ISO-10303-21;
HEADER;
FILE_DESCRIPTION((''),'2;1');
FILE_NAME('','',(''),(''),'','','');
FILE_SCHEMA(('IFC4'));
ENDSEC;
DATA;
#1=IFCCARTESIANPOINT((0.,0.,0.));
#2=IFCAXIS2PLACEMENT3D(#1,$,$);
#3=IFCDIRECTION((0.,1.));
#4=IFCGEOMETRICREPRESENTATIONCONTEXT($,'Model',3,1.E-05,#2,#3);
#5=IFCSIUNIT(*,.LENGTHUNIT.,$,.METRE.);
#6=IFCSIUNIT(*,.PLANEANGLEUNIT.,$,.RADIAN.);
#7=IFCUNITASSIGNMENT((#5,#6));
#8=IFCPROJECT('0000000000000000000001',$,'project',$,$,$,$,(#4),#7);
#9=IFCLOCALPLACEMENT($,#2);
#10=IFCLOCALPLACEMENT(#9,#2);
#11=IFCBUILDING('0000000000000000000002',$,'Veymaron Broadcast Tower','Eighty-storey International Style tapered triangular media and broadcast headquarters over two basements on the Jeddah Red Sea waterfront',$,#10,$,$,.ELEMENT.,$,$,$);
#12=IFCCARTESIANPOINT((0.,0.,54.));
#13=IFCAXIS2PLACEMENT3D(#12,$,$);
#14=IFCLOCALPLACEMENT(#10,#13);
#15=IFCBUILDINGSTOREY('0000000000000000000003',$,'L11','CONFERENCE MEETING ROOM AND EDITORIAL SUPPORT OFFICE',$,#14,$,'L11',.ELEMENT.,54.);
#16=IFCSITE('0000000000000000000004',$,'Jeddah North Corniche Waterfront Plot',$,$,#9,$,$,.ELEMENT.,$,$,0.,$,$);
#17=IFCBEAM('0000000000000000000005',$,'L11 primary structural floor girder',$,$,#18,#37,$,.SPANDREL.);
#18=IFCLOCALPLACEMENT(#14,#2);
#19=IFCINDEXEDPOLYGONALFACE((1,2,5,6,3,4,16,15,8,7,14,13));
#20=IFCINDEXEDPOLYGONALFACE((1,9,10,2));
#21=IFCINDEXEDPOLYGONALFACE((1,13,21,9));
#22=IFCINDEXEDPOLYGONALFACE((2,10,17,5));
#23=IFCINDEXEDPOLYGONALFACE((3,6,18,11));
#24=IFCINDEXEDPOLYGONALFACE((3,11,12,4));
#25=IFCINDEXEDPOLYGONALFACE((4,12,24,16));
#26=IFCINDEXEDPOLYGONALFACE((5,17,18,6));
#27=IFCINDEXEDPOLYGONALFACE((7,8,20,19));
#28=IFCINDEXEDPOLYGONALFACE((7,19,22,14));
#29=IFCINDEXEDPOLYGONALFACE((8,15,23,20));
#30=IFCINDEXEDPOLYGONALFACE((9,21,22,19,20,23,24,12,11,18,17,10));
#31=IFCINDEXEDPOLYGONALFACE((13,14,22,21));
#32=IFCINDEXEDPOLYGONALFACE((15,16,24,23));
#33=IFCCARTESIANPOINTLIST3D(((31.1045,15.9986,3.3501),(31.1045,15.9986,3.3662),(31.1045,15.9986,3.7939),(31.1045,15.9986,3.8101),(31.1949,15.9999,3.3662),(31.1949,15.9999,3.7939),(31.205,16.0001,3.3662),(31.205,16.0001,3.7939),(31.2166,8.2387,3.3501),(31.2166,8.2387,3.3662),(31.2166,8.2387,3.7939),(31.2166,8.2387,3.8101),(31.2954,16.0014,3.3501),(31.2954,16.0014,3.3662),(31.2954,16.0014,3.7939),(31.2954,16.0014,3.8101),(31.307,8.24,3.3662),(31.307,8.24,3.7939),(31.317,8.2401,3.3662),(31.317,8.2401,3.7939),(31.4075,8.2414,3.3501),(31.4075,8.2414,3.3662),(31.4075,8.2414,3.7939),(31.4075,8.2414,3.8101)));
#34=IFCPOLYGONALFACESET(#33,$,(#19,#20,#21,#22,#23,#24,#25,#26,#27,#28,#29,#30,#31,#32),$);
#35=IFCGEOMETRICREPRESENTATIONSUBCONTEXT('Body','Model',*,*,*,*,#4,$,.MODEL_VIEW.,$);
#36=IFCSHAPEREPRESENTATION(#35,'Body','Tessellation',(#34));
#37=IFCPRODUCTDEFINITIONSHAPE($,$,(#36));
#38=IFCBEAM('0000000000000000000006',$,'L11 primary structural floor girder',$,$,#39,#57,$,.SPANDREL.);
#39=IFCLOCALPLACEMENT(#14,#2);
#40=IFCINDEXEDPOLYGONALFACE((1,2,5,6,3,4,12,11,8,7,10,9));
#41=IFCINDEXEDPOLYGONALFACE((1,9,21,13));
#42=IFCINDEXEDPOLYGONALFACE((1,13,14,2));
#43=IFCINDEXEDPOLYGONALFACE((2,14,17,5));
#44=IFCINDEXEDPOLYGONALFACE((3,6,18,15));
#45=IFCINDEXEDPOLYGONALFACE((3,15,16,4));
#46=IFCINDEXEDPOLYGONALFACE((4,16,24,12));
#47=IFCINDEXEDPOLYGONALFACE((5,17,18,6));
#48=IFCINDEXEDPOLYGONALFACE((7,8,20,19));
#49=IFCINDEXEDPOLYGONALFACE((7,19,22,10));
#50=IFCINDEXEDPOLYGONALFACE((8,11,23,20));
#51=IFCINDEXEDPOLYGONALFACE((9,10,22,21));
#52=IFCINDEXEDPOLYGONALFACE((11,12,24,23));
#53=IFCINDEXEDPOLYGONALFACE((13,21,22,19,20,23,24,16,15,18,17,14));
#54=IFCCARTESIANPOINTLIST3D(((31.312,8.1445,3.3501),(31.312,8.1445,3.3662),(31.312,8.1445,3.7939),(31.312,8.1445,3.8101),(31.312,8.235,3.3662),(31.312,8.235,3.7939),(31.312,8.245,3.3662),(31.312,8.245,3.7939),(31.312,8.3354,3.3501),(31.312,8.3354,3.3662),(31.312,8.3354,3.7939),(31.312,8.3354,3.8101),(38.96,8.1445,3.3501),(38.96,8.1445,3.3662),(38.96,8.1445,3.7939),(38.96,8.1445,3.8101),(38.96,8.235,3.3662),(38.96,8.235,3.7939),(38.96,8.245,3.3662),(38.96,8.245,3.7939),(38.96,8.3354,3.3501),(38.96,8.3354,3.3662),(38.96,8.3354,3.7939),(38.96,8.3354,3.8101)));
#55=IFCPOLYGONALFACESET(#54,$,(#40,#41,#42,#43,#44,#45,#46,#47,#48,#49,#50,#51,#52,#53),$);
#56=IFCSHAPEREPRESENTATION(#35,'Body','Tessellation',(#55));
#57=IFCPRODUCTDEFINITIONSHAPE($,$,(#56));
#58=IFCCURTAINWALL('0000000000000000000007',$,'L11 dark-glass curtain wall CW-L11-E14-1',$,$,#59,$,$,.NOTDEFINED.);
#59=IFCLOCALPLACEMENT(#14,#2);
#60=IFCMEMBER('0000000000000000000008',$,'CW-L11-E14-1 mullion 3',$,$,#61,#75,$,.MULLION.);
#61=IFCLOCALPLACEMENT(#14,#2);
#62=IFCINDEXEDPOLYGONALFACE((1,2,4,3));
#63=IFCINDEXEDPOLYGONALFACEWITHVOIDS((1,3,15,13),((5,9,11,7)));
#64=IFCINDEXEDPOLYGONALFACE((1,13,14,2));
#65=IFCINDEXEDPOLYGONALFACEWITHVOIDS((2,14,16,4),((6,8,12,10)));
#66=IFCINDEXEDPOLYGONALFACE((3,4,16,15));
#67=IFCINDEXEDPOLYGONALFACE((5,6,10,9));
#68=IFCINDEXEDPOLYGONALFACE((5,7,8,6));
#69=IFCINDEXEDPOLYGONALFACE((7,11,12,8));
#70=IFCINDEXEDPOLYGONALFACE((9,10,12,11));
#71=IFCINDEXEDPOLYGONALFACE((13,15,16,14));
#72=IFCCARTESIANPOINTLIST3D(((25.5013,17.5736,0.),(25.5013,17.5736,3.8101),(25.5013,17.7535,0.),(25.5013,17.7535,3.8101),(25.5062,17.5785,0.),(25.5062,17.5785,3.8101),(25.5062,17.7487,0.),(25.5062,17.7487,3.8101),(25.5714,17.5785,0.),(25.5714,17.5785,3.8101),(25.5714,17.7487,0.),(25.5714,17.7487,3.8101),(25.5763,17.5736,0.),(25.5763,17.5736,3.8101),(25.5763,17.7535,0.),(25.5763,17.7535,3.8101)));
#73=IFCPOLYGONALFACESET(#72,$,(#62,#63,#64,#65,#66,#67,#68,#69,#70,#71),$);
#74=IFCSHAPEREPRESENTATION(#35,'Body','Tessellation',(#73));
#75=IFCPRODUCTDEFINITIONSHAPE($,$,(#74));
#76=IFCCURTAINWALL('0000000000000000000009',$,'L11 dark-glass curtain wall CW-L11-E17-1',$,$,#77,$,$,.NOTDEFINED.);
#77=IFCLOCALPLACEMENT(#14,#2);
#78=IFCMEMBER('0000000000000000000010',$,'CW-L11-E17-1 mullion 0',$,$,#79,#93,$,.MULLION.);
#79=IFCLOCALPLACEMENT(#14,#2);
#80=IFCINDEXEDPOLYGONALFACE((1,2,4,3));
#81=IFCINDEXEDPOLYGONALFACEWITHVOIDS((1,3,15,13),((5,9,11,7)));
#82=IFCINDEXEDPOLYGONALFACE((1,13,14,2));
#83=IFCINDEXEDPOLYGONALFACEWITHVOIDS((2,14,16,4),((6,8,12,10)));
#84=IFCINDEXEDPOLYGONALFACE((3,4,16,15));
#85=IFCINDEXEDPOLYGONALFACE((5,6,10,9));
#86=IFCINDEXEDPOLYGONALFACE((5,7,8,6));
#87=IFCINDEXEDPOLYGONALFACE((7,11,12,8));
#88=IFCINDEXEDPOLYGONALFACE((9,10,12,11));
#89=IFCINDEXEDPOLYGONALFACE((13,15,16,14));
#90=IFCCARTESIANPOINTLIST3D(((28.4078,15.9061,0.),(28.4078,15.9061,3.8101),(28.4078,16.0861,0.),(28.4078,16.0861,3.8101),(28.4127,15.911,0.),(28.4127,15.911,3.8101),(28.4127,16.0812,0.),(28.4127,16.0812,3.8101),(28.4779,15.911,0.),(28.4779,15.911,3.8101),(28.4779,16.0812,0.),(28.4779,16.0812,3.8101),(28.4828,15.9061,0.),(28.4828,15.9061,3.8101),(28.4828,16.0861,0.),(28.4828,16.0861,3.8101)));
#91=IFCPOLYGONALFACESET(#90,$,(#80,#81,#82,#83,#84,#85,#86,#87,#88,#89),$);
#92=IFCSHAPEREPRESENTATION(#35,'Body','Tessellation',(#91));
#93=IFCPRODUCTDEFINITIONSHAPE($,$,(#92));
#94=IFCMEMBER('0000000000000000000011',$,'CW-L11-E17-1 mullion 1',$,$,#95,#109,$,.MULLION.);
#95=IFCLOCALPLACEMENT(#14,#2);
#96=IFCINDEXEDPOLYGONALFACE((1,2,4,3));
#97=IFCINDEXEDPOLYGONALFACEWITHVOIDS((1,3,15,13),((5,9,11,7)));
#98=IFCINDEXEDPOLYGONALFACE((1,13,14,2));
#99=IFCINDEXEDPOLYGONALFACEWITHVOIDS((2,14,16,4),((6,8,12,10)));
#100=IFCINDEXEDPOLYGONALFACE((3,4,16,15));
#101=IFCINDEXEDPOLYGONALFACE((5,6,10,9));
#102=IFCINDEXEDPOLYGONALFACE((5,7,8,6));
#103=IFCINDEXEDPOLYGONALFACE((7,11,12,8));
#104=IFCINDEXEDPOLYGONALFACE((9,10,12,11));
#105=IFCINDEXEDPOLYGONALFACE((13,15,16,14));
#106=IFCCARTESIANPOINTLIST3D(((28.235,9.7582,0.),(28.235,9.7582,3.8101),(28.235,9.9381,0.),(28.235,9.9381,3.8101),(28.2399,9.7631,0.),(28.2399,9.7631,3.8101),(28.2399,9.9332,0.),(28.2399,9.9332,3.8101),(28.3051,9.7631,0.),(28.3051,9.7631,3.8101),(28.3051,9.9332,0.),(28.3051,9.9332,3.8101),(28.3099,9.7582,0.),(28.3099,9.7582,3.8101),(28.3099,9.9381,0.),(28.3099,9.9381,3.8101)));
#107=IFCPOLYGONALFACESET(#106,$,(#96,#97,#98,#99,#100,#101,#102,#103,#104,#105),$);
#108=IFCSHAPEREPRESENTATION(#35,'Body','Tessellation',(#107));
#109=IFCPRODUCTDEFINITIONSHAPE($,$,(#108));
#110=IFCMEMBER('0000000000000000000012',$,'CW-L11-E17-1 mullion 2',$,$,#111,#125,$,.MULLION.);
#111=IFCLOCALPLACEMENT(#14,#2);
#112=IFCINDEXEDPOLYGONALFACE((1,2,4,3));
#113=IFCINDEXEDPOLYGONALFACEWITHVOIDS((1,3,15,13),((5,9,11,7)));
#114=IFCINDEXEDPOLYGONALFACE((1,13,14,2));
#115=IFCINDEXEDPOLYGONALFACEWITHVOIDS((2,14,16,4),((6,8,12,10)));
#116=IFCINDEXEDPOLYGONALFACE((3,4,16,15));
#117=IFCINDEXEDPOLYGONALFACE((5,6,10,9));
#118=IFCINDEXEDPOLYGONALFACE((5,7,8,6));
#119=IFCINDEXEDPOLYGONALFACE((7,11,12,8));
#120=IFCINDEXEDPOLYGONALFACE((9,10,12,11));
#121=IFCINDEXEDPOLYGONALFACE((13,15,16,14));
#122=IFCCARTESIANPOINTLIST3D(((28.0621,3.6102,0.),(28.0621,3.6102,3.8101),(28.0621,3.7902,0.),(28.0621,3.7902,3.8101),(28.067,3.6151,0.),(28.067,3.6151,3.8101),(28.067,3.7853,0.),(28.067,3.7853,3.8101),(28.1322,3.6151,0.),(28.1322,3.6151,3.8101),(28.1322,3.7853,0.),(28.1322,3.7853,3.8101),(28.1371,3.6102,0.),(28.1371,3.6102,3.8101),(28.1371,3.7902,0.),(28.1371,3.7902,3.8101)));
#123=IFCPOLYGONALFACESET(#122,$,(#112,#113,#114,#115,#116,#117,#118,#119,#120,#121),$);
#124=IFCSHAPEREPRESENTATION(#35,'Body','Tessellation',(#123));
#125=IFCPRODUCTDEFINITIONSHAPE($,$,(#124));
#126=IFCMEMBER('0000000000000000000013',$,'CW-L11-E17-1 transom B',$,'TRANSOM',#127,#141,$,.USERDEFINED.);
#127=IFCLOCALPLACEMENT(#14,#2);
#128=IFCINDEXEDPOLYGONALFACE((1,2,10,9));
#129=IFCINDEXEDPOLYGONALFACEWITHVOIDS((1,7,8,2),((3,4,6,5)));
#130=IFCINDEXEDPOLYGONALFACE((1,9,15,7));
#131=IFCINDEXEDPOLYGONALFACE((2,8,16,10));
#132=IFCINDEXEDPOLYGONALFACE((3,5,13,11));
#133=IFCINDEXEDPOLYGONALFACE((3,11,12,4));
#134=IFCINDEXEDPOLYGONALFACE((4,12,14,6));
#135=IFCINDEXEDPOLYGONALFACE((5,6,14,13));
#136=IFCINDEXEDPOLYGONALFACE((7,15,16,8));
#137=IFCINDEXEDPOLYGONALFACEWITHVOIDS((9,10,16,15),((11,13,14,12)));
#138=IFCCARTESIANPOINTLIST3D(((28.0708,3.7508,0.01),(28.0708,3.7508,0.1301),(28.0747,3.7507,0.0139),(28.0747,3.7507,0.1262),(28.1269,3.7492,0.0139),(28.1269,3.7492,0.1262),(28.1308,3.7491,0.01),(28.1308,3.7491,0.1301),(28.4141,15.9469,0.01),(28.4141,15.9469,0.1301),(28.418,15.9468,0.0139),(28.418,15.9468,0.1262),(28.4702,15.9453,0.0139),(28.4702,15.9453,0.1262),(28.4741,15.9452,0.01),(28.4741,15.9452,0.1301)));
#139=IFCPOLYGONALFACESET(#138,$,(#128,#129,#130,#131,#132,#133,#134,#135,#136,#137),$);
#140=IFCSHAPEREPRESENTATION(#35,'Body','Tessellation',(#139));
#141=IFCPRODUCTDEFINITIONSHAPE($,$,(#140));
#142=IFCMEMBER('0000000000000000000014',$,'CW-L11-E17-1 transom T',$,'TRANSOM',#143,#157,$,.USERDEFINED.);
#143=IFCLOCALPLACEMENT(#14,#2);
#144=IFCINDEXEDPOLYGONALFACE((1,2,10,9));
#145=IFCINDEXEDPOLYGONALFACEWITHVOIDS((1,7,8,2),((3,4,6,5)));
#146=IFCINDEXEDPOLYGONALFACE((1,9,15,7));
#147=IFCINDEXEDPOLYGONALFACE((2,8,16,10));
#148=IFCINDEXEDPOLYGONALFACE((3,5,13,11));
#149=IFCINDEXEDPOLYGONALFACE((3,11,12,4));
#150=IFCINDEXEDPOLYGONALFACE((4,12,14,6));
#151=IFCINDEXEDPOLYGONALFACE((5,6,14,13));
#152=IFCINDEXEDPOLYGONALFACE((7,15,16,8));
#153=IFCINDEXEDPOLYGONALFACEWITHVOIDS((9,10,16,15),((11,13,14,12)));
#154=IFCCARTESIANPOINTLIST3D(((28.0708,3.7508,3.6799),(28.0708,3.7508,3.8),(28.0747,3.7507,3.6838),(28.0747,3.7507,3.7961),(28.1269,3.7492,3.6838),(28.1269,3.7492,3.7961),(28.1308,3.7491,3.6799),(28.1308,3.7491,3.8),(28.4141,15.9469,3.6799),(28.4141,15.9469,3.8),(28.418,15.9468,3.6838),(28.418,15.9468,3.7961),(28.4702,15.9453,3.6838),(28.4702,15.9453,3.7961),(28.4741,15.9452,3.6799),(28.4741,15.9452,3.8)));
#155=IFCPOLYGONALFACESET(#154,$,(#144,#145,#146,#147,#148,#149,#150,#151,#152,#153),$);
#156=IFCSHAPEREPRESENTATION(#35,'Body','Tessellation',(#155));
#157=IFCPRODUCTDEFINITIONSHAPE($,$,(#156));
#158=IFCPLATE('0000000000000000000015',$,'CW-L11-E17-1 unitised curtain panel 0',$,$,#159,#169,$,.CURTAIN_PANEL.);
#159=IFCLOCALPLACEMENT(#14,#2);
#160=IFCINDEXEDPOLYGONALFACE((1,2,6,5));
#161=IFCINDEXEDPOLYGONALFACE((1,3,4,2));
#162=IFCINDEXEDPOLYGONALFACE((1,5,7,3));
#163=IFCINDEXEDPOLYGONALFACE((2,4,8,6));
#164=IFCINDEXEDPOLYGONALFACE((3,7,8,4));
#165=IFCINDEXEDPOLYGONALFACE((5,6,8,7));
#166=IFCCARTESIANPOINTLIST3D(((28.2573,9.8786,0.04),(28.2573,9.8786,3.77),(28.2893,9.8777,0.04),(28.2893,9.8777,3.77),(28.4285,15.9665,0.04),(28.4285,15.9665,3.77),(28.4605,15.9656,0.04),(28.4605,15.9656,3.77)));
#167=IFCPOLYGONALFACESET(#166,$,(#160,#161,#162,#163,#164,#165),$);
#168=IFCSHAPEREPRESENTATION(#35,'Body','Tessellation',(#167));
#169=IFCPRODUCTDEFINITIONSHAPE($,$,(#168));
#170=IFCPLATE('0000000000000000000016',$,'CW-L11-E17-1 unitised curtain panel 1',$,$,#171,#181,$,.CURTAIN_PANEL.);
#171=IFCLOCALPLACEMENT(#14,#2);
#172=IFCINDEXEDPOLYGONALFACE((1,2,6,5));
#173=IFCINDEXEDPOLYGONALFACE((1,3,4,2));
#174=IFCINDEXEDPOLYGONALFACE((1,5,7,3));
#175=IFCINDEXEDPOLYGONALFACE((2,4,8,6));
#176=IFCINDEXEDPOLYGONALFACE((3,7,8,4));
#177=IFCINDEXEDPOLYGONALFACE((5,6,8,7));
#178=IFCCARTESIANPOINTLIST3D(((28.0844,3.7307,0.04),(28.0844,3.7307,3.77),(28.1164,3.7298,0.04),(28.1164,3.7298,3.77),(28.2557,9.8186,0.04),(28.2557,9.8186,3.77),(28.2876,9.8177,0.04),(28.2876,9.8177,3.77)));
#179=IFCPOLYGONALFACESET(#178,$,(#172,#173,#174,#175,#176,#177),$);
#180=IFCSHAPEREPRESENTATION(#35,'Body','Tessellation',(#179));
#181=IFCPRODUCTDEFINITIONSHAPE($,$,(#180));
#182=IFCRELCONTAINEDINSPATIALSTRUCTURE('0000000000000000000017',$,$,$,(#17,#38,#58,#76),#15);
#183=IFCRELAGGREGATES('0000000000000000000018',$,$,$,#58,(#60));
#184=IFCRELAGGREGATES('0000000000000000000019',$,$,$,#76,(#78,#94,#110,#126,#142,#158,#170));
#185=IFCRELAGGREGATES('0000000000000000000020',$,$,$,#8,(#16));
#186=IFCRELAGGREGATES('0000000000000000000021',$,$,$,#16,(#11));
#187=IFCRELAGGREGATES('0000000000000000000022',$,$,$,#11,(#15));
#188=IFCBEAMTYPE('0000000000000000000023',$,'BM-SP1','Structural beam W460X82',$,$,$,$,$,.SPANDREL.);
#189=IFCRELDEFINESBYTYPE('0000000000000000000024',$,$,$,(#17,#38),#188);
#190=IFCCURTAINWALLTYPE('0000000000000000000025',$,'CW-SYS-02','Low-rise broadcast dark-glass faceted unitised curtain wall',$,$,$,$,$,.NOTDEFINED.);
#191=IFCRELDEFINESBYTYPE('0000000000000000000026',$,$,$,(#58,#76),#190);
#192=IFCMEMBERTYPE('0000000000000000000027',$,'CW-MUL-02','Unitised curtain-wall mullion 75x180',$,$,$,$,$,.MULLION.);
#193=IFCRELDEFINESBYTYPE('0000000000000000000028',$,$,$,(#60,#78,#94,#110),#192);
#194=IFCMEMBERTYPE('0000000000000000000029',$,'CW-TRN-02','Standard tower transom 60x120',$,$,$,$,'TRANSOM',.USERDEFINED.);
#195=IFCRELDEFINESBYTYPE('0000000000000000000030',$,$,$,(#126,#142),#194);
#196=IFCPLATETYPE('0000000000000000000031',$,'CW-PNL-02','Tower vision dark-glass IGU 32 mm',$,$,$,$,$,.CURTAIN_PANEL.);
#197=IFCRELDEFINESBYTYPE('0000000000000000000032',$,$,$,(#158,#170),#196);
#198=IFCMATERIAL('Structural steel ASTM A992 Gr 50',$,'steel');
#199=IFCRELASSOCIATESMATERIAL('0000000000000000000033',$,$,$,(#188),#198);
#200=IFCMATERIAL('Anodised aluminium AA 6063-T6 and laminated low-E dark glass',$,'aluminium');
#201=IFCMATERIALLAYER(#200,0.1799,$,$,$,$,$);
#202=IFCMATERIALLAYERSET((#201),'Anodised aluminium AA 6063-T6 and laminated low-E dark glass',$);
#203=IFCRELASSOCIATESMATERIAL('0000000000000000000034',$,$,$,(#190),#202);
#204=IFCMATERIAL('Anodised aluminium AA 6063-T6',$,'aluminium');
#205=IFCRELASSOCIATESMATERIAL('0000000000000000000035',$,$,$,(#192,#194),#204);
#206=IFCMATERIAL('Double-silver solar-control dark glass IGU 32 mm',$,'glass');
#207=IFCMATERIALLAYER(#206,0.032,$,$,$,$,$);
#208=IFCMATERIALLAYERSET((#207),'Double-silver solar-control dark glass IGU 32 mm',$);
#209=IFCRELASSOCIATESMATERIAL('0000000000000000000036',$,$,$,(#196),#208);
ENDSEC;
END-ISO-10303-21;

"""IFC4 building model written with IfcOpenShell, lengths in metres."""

from ifc_helpers import new_model, si_unit, direction, frame, origin, origin_2d, place, context, subcontext, project, spatial, rectangle, hollow_rectangle, i_section, extrude, material, layer, layer_set, material_profile, profile_set, type_object, element, aggregate, save


model = new_model("IFC4")

# Units and contexts
model_context = context("Model", 3, precision=1e-05, world=origin(), true_north=direction((0.0, 1.0)))
body_context = subcontext(model_context, "Body", "Model", "MODEL_VIEW")
ifc_project = project(units=[si_unit("LENGTHUNIT", "METRE"), si_unit("PLANEANGLEUNIT", "RADIAN")], contexts=[model_context])

# Site, building, storey
site_placement = place(None, origin())
site = spatial("IfcSite", under=ifc_project, at=site_placement, Name="Jeddah North Corniche Waterfront Plot", CompositionType="ELEMENT", RefElevation=0.0)
building_placement = place(site_placement, origin())
building = spatial("IfcBuilding", under=site, at=building_placement, Name="Veymaron Broadcast Tower", Description="Eighty-storey International Style tapered triangular media and broadcast headquarters over two basements on the Jeddah Red Sea waterfront", CompositionType="ELEMENT")
storey_placement = place(building_placement, frame((0.0, 0.0, 54.0)))
storey = spatial("IfcBuildingStorey", under=building, at=storey_placement, Name="L11", Description="CONFERENCE MEETING ROOM AND EDITORIAL SUPPORT OFFICE", LongName="L11", CompositionType="ELEMENT", Elevation=54.0)

# Beams
ifc_material_1 = material(Name="Structural steel ASTM A992 Gr 50", Category="steel")
ifc_material_profile_1 = material_profile(ifc_material_1, i_section(OverallWidth=0.1909, OverallDepth=0.46, WebThickness=0.01, FlangeThickness=0.0161, at=origin_2d()), Name="W460X82")
ifc_profile_set_1 = profile_set([ifc_material_profile_1], Name="Structural steel ASTM A992 Gr 50")
beam_type_1 = type_object("IfcBeamType", Name="BM-SP1", Description="Structural beam W460X82", PredefinedType="SPANDREL", material=ifc_profile_set_1)
beam_1_placement = place(storey_placement, frame((31.2, 16.0, 3.5801), z_axis=(0.014439, -0.999896, 0.0), x_axis=(0.999896, 0.014439, 0.0)))
element("IfcBeam", 1, at=beam_1_placement, inside=storey, type_object=beam_type_1, Name="L11 primary structural floor girder", PredefinedType="SPANDREL", context=body_context, shape_type="SweptSolid", body=[
    extrude(i_section(OverallWidth=0.1909, OverallDepth=0.46, WebThickness=0.01, FlangeThickness=0.0161, at=origin_2d()), origin(), (0.0, 0.0, 1.0), 7.7607),
])
beam_2_placement = place(storey_placement, frame((31.312, 8.24, 3.5801), z_axis=(1.0, 0.0, 0.0), x_axis=(0.0, 1.0, 0.0)))
element("IfcBeam", 2, at=beam_2_placement, inside=storey, type_object=beam_type_1, Name="L11 primary structural floor girder", PredefinedType="SPANDREL", context=body_context, shape_type="SweptSolid", body=[
    extrude(i_section(OverallWidth=0.1909, OverallDepth=0.46, WebThickness=0.01, FlangeThickness=0.0161, at=origin_2d()), origin(), (0.0, 0.0, 1.0), 7.6479),
])

# Curtain wall, member
ifc_material_2 = material(Name="Anodised aluminium AA 6063-T6 and laminated low-E dark glass", Category="aluminium")
ifc_layer_1 = layer(ifc_material_2, 0.1799)
ifc_layer_set_1 = layer_set([ifc_layer_1], Name="Anodised aluminium AA 6063-T6 and laminated low-E dark glass")
curtain_wall_type = type_object("IfcCurtainWallType", Name="CW-SYS-02", Description="Low-rise broadcast dark-glass faceted unitised curtain wall", PredefinedType="NOTDEFINED", material=ifc_layer_set_1)
curtain_wall_1_placement = place(storey_placement, origin())
curtain_wall_1 = element("IfcCurtainWall", 3, at=curtain_wall_1_placement, inside=storey, type_object=curtain_wall_type, Name="L11 dark-glass curtain wall CW-L11-E14-1", PredefinedType="NOTDEFINED")
ifc_material_3 = material(Name="Anodised aluminium AA 6063-T6", Category="aluminium")
ifc_material_profile_2 = material_profile(ifc_material_3, hollow_rectangle(XDim=0.075, YDim=0.1799, WallThickness=0.0049, at=origin_2d()), Name="AL180X75X5")
ifc_profile_set_2 = profile_set([ifc_material_profile_2], Name="Anodised aluminium AA 6063-T6")
member_type_1 = type_object("IfcMemberType", Name="CW-MUL-02", Description="Unitised curtain-wall mullion 75x180", PredefinedType="MULLION", material=ifc_profile_set_2)
member_1_placement = place(storey_placement, frame((25.5388, 17.6636, 0.0), z_axis=(0.0, 0.0, 1.0), x_axis=(1.0, 0.0, 0.0)))
member_1 = element("IfcMember", 4, at=member_1_placement, type_object=member_type_1, Name="CW-L11-E14-1 mullion 3", PredefinedType="MULLION", context=body_context, shape_type="SweptSolid", body=[
    extrude(hollow_rectangle(XDim=0.075, YDim=0.1799, WallThickness=0.0049, at=origin_2d()), origin(), (0.0, 0.0, 1.0), 3.8101),
])
aggregate(curtain_wall_1, [member_1])

# Curtain wall, members, plates
curtain_wall_2_placement = place(storey_placement, origin())
curtain_wall_2 = element("IfcCurtainWall", 5, at=curtain_wall_2_placement, inside=storey, type_object=curtain_wall_type, Name="L11 dark-glass curtain wall CW-L11-E17-1", PredefinedType="NOTDEFINED")
member_2_placement = place(storey_placement, frame((28.4453, 15.9961, 0.0), z_axis=(0.0, 0.0, 1.0), x_axis=(1.0, 0.0, 0.0)))
member_2 = element("IfcMember", 6, at=member_2_placement, type_object=member_type_1, Name="CW-L11-E17-1 mullion 0", PredefinedType="MULLION", context=body_context, shape_type="SweptSolid", body=[
    extrude(hollow_rectangle(XDim=0.075, YDim=0.1799, WallThickness=0.0049, at=origin_2d()), origin(), (0.0, 0.0, 1.0), 3.8101),
])
member_3_placement = place(storey_placement, frame((28.2725, 9.8481, 0.0), z_axis=(0.0, 0.0, 1.0), x_axis=(1.0, 0.0, 0.0)))
member_3 = element("IfcMember", 7, at=member_3_placement, type_object=member_type_1, Name="CW-L11-E17-1 mullion 1", PredefinedType="MULLION", context=body_context, shape_type="SweptSolid", body=[
    extrude(hollow_rectangle(XDim=0.075, YDim=0.1799, WallThickness=0.0049, at=origin_2d()), origin(), (0.0, 0.0, 1.0), 3.8101),
])
member_4_placement = place(storey_placement, frame((28.0996, 3.7002, 0.0), z_axis=(0.0, 0.0, 1.0), x_axis=(1.0, 0.0, 0.0)))
member_4 = element("IfcMember", 8, at=member_4_placement, type_object=member_type_1, Name="CW-L11-E17-1 mullion 2", PredefinedType="MULLION", context=body_context, shape_type="SweptSolid", body=[
    extrude(hollow_rectangle(XDim=0.075, YDim=0.1799, WallThickness=0.0049, at=origin_2d()), origin(), (0.0, 0.0, 1.0), 3.8101),
])
ifc_material_profile_3 = material_profile(ifc_material_3, hollow_rectangle(XDim=0.0601, YDim=0.1201, WallThickness=0.0039, at=origin_2d()), Name="AL120X60X4")
ifc_profile_set_3 = profile_set([ifc_material_profile_3], Name="Anodised aluminium AA 6063-T6")
member_type_2 = type_object("IfcMemberType", Name="CW-TRN-02", Description="Standard tower transom 60x120", ElementType="TRANSOM", PredefinedType="USERDEFINED", material=ifc_profile_set_3)
member_5_placement = place(storey_placement, frame((28.4441, 15.946, 0.0701), z_axis=(-0.028134, -0.999604, 0.0), x_axis=(0.999604, -0.028134, 0.0)))
member_5 = element("IfcMember", 9, at=member_5_placement, type_object=member_type_2, Name="CW-L11-E17-1 transom B", ObjectType="TRANSOM", PredefinedType="USERDEFINED", context=body_context, shape_type="SweptSolid", body=[
    extrude(hollow_rectangle(XDim=0.0601, YDim=0.1201, WallThickness=0.0039, at=origin_2d()), origin(), (0.0, 0.0, 1.0), 12.2009),
])
member_6_placement = place(storey_placement, frame((28.4441, 15.946, 3.74), z_axis=(-0.028134, -0.999604, 0.0), x_axis=(0.999604, -0.028134, 0.0)))
member_6 = element("IfcMember", 10, at=member_6_placement, type_object=member_type_2, Name="CW-L11-E17-1 transom T", ObjectType="TRANSOM", PredefinedType="USERDEFINED", context=body_context, shape_type="SweptSolid", body=[
    extrude(hollow_rectangle(XDim=0.0601, YDim=0.1201, WallThickness=0.0039, at=origin_2d()), origin(), (0.0, 0.0, 1.0), 12.2009),
])
ifc_material_4 = material(Name="Double-silver solar-control dark glass IGU 32 mm", Category="glass")
ifc_layer_2 = layer(ifc_material_4, 0.032)
ifc_layer_set_2 = layer_set([ifc_layer_2], Name="Double-silver solar-control dark glass IGU 32 mm")
plate_type = type_object("IfcPlateType", Name="CW-PNL-02", Description="Tower vision dark-glass IGU 32 mm", PredefinedType="CURTAIN_PANEL", material=ifc_layer_set_2)
plate_1_placement = place(storey_placement, frame((28.3589, 12.9221, 0.04), z_axis=(0.0, 0.0, 1.0), x_axis=(-0.028114, -0.999605, 0.0)))
plate_1 = element("IfcPlate", 11, at=plate_1_placement, type_object=plate_type, Name="CW-L11-E17-1 unitised curtain panel 0", PredefinedType="CURTAIN_PANEL", context=body_context, shape_type="SweptSolid", body=[
    extrude(rectangle(XDim=6.0903, YDim=0.032, at=origin_2d()), origin(), (0.0, 0.0, 1.0), 3.73),
])
plate_2_placement = place(storey_placement, frame((28.186, 6.7742, 0.04), z_axis=(0.0, 0.0, 1.0), x_axis=(-0.028114, -0.999605, 0.0)))
plate_2 = element("IfcPlate", 12, at=plate_2_placement, type_object=plate_type, Name="CW-L11-E17-1 unitised curtain panel 1", PredefinedType="CURTAIN_PANEL", context=body_context, shape_type="SweptSolid", body=[
    extrude(rectangle(XDim=6.0903, YDim=0.032, at=origin_2d()), origin(), (0.0, 0.0, 1.0), 3.73),
])
aggregate(curtain_wall_2, [member_2, member_3, member_4, member_5, member_6, plate_1, plate_2])

save(model, "model.ifc")
